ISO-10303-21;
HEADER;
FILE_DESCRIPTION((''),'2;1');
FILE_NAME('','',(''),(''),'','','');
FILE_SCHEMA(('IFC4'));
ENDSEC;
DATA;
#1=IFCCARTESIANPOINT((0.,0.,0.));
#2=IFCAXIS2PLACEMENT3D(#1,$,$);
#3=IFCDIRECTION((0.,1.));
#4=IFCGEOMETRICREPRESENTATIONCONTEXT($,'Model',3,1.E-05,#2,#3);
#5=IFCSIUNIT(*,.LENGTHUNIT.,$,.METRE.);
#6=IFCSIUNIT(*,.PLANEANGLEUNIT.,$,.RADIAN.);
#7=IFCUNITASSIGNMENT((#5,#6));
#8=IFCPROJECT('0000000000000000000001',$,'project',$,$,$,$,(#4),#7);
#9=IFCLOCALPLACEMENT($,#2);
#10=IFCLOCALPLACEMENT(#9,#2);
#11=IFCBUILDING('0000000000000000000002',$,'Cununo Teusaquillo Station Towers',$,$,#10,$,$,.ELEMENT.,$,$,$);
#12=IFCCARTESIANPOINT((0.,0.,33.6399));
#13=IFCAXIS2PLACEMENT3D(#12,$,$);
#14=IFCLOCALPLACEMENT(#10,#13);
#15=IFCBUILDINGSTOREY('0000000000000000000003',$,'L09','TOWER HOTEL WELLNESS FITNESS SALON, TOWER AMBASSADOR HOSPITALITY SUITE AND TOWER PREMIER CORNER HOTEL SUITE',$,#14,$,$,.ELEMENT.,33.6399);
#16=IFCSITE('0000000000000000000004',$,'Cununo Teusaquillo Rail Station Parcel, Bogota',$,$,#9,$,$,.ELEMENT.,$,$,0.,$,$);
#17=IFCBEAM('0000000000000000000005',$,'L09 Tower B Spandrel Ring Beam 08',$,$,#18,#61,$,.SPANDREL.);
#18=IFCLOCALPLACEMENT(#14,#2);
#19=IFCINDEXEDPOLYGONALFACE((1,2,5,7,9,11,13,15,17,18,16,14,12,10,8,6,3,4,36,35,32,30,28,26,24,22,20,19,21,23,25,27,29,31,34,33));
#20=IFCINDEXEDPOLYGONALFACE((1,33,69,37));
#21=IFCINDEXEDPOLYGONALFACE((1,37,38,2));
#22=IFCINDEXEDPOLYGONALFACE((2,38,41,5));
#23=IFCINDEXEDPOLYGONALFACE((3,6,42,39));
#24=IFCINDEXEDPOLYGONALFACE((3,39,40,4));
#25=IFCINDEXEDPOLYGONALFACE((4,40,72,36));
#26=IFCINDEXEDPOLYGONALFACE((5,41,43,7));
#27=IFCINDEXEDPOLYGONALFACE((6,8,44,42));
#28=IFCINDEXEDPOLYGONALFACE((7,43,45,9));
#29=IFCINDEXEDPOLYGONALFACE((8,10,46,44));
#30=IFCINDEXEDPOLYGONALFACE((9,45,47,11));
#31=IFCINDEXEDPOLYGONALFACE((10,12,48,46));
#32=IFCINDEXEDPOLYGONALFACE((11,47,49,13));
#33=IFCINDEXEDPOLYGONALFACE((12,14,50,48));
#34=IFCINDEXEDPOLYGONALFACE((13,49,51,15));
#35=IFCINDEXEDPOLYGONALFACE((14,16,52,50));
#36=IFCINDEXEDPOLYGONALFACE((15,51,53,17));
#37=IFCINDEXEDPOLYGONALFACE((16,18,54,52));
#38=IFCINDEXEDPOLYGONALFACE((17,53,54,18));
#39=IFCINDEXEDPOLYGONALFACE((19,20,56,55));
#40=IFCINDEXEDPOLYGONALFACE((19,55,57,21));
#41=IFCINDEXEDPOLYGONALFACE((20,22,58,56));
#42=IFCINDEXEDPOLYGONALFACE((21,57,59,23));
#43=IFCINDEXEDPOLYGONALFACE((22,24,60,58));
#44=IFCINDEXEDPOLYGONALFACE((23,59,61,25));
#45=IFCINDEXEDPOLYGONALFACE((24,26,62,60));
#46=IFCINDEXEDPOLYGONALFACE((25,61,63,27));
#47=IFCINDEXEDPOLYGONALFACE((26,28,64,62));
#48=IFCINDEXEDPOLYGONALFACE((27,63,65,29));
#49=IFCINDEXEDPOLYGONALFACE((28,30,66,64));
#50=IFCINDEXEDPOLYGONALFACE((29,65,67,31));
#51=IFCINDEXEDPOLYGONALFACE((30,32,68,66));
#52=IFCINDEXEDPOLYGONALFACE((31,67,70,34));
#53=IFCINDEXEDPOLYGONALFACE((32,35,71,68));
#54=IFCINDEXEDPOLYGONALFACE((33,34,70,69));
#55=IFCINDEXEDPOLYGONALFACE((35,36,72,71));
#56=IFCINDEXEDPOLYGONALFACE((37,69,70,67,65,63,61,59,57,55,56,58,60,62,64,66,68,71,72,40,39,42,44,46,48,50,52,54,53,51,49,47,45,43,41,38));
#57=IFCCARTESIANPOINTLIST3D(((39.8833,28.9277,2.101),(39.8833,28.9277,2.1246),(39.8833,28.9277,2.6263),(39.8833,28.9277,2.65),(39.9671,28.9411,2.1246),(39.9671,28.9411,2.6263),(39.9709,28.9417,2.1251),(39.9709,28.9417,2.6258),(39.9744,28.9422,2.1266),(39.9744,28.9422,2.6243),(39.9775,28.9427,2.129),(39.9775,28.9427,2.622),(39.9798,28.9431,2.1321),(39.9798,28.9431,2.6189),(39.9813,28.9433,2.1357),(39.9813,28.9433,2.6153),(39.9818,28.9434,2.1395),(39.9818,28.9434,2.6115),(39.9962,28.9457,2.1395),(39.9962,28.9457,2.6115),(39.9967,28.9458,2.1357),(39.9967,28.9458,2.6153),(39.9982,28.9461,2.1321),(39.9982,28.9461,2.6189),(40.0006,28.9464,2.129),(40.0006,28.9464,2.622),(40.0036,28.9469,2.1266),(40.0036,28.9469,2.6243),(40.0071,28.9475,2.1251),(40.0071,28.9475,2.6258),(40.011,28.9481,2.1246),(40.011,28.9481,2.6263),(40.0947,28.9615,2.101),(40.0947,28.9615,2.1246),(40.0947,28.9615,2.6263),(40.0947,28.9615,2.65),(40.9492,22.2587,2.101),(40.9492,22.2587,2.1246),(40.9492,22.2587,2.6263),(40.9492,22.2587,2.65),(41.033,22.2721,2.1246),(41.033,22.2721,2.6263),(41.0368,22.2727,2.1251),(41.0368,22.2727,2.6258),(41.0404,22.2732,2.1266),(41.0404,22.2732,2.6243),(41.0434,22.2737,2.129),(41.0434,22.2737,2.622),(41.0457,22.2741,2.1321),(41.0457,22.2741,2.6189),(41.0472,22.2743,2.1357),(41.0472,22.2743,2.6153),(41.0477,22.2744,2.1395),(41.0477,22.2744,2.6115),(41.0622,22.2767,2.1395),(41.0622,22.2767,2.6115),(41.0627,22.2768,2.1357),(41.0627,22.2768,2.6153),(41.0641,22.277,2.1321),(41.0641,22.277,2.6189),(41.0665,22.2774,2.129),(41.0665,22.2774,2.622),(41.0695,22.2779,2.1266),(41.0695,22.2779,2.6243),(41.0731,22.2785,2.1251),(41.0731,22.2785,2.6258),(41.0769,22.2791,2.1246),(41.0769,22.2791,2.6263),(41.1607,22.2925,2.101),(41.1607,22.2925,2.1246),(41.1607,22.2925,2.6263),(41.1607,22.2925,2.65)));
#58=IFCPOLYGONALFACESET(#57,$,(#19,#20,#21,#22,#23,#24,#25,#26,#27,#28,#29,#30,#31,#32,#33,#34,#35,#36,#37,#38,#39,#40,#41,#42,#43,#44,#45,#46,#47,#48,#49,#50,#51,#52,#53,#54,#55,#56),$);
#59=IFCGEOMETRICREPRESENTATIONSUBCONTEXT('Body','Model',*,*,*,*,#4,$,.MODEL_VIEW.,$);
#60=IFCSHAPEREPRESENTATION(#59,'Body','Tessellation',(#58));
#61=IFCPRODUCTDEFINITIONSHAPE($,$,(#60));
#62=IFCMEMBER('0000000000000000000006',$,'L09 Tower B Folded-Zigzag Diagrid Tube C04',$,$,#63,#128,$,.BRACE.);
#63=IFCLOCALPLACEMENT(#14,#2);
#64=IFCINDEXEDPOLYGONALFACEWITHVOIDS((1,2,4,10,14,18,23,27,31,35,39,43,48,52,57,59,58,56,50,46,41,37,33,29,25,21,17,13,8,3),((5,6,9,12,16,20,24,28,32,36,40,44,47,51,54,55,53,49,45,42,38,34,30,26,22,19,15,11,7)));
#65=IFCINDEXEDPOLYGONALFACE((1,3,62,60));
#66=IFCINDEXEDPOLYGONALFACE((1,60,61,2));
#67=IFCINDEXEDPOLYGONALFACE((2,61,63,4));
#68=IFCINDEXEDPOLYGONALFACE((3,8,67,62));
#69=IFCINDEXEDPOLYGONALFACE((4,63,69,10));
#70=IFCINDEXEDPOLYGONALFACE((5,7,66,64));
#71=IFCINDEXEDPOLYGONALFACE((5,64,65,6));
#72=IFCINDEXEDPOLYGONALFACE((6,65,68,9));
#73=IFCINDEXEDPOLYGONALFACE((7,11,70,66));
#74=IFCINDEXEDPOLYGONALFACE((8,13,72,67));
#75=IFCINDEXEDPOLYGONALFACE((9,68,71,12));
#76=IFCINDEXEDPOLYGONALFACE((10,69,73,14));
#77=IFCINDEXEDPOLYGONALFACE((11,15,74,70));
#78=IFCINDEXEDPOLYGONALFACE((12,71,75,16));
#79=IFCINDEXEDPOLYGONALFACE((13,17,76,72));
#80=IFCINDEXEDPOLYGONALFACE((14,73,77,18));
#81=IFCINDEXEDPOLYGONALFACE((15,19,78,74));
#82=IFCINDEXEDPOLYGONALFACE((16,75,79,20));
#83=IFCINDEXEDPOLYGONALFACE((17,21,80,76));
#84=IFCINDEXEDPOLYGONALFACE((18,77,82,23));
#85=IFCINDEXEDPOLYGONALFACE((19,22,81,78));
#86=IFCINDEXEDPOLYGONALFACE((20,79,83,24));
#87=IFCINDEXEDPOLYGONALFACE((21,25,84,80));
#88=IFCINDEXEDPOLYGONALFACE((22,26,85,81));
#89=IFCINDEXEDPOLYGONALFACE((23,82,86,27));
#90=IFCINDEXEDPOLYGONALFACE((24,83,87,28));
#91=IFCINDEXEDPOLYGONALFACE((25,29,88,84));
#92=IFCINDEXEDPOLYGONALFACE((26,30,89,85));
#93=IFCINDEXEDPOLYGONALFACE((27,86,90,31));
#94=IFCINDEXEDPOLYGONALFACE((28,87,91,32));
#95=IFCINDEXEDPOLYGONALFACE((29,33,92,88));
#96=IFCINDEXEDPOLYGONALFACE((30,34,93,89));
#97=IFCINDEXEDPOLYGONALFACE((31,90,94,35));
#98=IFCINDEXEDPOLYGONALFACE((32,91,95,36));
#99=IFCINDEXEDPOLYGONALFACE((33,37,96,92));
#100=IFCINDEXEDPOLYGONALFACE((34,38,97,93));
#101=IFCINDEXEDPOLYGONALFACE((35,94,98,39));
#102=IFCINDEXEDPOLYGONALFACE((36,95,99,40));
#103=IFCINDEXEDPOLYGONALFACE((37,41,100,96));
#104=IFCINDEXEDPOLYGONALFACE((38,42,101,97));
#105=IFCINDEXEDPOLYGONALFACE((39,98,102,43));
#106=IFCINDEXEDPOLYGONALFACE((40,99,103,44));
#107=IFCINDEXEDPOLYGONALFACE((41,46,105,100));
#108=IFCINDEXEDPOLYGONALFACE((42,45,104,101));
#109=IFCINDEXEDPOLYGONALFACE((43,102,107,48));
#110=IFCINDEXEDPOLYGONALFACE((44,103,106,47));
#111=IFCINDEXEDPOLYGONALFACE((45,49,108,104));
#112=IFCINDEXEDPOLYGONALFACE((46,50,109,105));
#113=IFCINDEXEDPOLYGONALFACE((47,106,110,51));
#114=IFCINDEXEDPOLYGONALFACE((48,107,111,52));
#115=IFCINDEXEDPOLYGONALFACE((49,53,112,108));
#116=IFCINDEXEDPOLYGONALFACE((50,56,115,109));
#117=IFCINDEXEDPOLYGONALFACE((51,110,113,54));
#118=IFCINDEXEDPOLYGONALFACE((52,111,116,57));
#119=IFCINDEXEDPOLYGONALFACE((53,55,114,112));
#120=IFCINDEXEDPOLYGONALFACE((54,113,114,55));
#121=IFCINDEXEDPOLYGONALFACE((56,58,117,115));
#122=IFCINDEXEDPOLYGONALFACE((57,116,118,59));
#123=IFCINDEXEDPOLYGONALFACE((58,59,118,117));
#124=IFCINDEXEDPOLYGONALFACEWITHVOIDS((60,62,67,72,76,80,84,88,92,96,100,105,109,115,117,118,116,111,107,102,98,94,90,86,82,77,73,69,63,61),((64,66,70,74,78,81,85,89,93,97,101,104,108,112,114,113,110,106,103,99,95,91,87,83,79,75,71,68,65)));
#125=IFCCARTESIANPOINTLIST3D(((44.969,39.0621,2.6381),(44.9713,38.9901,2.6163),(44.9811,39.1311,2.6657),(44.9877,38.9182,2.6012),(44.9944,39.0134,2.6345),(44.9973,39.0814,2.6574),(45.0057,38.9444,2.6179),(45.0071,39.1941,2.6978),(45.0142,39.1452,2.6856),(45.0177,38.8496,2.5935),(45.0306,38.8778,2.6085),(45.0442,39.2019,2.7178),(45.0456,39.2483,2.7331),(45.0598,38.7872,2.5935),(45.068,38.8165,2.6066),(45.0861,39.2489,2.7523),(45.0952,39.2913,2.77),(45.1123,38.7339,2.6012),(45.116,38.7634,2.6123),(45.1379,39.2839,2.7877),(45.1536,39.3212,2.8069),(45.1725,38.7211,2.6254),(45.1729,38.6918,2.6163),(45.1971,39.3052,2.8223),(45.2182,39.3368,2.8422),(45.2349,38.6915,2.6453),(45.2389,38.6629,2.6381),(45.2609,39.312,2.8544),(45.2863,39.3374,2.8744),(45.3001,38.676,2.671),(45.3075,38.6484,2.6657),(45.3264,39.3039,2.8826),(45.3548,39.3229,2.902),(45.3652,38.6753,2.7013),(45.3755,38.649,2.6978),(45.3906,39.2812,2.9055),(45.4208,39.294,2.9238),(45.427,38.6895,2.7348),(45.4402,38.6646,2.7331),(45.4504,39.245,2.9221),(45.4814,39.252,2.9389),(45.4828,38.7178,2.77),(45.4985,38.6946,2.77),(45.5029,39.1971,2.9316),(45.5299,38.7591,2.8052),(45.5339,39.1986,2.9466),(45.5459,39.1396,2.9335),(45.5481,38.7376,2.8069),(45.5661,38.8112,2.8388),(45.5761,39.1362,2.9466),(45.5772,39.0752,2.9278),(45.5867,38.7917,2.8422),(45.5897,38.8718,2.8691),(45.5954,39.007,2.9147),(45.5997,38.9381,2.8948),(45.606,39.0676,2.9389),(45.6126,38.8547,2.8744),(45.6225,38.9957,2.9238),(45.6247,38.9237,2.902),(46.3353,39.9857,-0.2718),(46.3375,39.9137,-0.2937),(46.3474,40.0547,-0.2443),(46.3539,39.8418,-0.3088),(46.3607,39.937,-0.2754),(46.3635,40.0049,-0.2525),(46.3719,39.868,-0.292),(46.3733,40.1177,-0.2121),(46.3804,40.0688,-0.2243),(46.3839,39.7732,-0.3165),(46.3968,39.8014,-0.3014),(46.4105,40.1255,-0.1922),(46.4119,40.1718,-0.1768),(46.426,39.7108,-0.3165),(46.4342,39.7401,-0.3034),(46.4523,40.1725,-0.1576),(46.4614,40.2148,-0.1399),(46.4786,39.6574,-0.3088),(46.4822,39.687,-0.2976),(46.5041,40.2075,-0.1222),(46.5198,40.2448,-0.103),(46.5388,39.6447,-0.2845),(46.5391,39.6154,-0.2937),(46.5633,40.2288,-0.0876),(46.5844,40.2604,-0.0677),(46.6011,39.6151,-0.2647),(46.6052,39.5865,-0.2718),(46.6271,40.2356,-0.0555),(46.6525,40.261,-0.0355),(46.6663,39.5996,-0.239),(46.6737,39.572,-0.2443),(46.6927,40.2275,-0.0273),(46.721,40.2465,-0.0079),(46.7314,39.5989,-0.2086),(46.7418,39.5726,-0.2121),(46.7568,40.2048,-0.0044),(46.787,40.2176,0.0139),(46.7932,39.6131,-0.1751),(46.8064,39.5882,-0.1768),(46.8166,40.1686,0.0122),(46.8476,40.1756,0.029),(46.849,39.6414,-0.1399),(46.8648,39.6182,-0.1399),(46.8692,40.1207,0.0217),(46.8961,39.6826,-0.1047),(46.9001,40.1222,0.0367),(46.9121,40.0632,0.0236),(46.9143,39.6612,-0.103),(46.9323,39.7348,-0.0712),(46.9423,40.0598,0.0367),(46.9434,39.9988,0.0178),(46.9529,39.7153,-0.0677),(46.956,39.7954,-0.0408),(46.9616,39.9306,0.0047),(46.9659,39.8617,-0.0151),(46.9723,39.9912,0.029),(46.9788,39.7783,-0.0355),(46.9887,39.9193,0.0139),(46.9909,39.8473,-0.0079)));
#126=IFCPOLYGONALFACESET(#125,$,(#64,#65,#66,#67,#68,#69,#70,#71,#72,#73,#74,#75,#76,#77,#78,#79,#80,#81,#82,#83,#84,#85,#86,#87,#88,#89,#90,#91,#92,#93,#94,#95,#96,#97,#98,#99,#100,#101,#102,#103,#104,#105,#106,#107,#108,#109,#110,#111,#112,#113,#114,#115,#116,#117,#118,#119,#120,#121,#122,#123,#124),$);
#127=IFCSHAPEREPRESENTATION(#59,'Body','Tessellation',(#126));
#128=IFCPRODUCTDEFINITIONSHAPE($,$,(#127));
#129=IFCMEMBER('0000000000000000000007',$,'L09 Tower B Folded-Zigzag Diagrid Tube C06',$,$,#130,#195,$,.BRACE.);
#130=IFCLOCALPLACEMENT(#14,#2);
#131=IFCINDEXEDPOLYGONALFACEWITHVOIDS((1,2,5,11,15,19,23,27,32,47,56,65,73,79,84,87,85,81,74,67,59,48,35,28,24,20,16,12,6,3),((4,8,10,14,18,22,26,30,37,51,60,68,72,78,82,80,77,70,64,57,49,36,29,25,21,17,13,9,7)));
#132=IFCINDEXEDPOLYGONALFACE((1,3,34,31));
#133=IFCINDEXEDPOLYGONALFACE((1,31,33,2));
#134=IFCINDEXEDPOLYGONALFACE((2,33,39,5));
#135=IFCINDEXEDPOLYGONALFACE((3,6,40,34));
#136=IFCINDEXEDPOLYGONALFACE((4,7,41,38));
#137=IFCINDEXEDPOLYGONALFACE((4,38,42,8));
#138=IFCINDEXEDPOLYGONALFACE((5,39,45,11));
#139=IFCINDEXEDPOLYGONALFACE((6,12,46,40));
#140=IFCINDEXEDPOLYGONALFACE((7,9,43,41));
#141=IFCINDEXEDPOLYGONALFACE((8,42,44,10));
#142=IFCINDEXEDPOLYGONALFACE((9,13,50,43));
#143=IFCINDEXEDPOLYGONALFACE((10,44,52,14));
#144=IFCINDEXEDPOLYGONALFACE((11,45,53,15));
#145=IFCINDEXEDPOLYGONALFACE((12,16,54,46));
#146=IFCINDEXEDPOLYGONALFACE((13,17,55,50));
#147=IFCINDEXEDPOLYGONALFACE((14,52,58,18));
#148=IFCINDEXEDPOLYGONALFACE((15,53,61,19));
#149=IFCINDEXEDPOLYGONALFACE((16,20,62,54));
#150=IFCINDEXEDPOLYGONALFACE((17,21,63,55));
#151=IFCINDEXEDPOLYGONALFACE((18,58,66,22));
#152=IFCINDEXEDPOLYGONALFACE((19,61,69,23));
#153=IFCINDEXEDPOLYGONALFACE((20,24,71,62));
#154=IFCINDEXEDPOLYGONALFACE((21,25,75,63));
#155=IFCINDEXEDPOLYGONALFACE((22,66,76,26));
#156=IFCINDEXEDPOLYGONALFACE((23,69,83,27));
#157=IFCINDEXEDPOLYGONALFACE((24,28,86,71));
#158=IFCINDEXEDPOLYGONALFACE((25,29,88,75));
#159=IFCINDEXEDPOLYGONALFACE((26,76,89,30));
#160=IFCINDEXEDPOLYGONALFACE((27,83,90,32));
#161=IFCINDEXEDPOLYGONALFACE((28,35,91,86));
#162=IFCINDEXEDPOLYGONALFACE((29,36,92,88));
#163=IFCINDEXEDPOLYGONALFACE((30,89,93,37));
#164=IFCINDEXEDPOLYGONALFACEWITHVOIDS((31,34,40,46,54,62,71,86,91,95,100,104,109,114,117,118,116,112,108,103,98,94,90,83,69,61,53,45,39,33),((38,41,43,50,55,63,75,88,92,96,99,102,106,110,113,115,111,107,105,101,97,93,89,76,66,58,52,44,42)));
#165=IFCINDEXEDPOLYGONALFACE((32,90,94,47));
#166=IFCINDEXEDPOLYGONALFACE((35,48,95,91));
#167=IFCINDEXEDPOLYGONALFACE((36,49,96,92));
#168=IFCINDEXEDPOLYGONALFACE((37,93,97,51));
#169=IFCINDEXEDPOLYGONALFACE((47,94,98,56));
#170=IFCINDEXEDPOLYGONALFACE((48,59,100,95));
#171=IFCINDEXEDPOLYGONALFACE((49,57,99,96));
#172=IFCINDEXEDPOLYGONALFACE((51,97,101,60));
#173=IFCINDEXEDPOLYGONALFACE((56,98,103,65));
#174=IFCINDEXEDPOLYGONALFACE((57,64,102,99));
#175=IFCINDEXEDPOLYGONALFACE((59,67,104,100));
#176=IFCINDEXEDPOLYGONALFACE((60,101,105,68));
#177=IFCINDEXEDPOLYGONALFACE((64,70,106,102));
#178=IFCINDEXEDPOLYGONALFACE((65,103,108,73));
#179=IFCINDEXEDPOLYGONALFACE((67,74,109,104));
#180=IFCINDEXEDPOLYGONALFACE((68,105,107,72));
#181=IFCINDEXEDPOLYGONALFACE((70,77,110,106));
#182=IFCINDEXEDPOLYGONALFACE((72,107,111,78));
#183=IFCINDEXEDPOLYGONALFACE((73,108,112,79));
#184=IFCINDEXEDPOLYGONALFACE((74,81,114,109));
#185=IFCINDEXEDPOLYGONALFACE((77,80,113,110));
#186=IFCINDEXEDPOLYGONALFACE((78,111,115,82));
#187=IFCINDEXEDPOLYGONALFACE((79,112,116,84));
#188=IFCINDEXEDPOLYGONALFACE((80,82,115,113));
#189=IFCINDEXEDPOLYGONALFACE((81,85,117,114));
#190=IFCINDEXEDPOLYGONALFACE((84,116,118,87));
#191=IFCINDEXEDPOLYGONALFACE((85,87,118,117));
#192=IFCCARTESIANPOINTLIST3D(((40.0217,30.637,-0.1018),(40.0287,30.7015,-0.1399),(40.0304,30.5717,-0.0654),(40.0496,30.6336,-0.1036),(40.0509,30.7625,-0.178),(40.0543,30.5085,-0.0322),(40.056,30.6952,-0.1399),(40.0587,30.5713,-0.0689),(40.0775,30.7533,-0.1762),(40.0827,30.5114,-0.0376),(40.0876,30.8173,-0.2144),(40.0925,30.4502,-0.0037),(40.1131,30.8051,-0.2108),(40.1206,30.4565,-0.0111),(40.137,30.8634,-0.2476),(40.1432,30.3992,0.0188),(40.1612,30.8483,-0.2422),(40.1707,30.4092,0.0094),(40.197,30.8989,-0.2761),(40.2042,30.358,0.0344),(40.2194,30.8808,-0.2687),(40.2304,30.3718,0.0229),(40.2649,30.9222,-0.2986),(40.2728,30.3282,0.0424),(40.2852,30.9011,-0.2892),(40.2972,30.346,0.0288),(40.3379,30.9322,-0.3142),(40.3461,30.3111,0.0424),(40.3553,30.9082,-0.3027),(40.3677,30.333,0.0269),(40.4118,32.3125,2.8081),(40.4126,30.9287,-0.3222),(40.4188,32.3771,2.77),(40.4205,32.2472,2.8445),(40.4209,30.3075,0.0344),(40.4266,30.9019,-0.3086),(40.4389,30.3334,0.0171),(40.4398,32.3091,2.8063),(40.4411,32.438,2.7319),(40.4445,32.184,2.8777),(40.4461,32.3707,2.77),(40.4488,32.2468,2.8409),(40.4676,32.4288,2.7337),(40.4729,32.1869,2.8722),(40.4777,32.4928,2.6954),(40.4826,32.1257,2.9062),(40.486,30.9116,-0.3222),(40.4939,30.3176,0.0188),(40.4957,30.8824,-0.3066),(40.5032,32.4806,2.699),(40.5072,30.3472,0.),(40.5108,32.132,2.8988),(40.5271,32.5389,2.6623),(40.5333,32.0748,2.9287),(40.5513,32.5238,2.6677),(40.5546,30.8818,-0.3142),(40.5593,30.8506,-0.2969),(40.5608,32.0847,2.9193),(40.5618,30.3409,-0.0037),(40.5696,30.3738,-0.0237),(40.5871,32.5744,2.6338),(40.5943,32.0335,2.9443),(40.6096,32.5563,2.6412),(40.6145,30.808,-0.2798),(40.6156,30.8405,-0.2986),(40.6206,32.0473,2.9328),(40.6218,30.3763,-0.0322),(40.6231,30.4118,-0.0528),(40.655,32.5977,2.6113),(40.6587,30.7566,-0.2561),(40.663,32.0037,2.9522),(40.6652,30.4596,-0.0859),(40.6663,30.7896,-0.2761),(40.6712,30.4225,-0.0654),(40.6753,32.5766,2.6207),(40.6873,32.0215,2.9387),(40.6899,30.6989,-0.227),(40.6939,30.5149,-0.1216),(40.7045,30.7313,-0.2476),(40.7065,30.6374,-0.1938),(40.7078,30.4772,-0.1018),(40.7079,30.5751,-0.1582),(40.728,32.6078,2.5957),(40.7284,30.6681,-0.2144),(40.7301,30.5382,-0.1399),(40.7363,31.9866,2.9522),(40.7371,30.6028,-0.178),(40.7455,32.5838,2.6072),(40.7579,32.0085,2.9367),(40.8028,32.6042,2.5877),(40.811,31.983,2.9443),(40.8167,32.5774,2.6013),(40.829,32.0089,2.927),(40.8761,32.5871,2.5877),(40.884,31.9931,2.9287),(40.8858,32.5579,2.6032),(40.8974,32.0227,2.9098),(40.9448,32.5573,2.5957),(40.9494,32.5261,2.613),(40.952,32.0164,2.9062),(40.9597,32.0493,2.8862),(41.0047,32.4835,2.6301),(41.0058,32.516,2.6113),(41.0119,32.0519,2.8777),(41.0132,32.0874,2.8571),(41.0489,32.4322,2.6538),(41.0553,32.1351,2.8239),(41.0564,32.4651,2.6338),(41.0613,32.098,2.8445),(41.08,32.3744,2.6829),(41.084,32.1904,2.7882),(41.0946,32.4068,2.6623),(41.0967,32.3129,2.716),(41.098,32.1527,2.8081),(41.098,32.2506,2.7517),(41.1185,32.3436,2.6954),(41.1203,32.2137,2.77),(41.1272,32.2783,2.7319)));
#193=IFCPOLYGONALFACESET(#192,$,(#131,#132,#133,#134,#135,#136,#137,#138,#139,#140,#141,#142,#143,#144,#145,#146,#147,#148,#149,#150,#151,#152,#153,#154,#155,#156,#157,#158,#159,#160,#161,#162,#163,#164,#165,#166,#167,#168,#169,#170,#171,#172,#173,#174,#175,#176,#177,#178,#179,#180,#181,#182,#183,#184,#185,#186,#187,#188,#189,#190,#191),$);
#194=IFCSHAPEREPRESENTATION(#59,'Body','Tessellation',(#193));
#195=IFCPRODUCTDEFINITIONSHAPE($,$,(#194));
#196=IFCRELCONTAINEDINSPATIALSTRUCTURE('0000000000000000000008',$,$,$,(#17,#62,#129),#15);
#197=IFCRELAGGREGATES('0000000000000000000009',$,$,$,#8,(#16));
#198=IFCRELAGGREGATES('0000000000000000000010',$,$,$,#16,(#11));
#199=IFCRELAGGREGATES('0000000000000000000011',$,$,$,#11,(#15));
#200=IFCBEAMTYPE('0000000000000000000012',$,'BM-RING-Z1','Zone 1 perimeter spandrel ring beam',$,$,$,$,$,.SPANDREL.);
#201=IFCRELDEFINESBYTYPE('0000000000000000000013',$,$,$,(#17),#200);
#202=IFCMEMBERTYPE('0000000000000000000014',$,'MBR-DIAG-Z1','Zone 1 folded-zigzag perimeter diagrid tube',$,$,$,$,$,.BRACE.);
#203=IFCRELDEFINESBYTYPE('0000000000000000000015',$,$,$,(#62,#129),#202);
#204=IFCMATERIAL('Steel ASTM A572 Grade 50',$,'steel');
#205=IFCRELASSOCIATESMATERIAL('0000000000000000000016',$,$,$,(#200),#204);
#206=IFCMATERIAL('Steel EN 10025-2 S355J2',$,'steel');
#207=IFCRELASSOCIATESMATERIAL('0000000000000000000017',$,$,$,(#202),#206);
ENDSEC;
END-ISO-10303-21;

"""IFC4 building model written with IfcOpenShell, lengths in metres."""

from ifc_helpers import new_model, si_unit, direction, frame, origin, origin_2d, place, context, subcontext, project, spatial, hollow_circle, i_section, extrude, material, material_profile, profile_set, type_object, element, save


model = new_model("IFC4")

# Units and contexts
model_context = context("Model", 3, precision=1e-05, world=origin(), true_north=direction((0.0, 1.0)))
body_context = subcontext(model_context, "Body", "Model", "MODEL_VIEW")
ifc_project = project(units=[si_unit("LENGTHUNIT", "METRE"), si_unit("PLANEANGLEUNIT", "RADIAN")], contexts=[model_context])

# Site, building, storey
site_placement = place(None, origin())
site = spatial("IfcSite", under=ifc_project, at=site_placement, Name="Cununo Teusaquillo Rail Station Parcel, Bogota", CompositionType="ELEMENT", RefElevation=0.0)
building_placement = place(site_placement, origin())
building = spatial("IfcBuilding", under=site, at=building_placement, Name="Cununo Teusaquillo Station Towers", CompositionType="ELEMENT")
storey_placement = place(building_placement, frame((0.0, 0.0, 33.6399)))
storey = spatial("IfcBuildingStorey", under=building, at=storey_placement, Name="L09", Description="TOWER HOTEL WELLNESS FITNESS SALON, TOWER AMBASSADOR HOSPITALITY SUITE AND TOWER PREMIER CORNER HOTEL SUITE", CompositionType="ELEMENT", Elevation=33.6399)

# Beam
ifc_material_1 = material(Name="Steel ASTM A572 Grade 50", Category="steel")
ifc_material_profile_1 = material_profile(ifc_material_1, i_section(OverallWidth=0.2141, OverallDepth=0.5491, WebThickness=0.0146, FlangeThickness=0.0237, FilletRadius=0.0149, at=origin_2d()), Name="W21X93")
ifc_profile_set_1 = profile_set([ifc_material_profile_1], Name="Steel ASTM A572 Grade 50")
beam_type_1 = type_object("IfcBeamType", Name="BM-RING-Z1", Description="Zone 1 perimeter spandrel ring beam", PredefinedType="SPANDREL", material=ifc_profile_set_1)
beam_1_placement = place(storey_placement, frame((39.989, 28.9446, 2.3755), z_axis=(0.15783, -0.987466, 0.0), x_axis=(0.987466, 0.15783, 0.0)))
element("IfcBeam", 1, at=beam_1_placement, inside=storey, type_object=beam_type_1, Name="L09 Tower B Spandrel Ring Beam 08", PredefinedType="SPANDREL", context=body_context, shape_type="SweptSolid", body=[
    extrude(i_section(OverallWidth=0.2141, OverallDepth=0.5491, WebThickness=0.0146, FlangeThickness=0.0237, FilletRadius=0.0149, at=origin_2d()), origin(), (0.0, 0.0, 1.0), 6.7537),
])

# Members
ifc_material_2 = material(Name="Steel EN 10025-2 S355J2", Category="steel")
ifc_material_profile_2 = material_profile(ifc_material_2, hollow_circle(Radius=0.3601, WallThickness=0.0281, at=origin_2d()), Name="CHS 720x28")
ifc_profile_set_2 = profile_set([ifc_material_profile_2], Name="Steel EN 10025-2 S355J2")
member_type = type_object("IfcMemberType", Name="MBR-DIAG-Z1", Description="Zone 1 folded-zigzag perimeter diagrid tube", PredefinedType="BRACE", material=ifc_profile_set_2)
member_1_placement = place(storey_placement, frame((46.6631, 39.9165, -0.1399), z_axis=(-0.408468, -0.276132, 0.870003), x_axis=(0.560052, -0.828457, 0.0)))
element("IfcMember", 2, at=member_1_placement, inside=storey, type_object=member_type, Name="L09 Tower B Folded-Zigzag Diagrid Tube C04", PredefinedType="BRACE", context=body_context, shape_type="SweptSolid", body=[
    extrude(hollow_circle(Radius=0.3601, WallThickness=0.0281, at=origin_2d()), origin(), (0.0, 0.0, 1.0), 3.3447),
])
member_2_placement = place(storey_placement, frame((40.3794, 30.6199, -0.1399), z_axis=(0.115411, 0.49566, 0.860815), x_axis=(-0.973947, 0.226776, 0.0)))
element("IfcMember", 3, at=member_2_placement, inside=storey, type_object=member_type, Name="L09 Tower B Folded-Zigzag Diagrid Tube C06", PredefinedType="BRACE", context=body_context, shape_type="SweptSolid", body=[
    extrude(hollow_circle(Radius=0.3601, WallThickness=0.0281, at=origin_2d()), origin(), (0.0, 0.0, 1.0), 3.3804),
])

save(model, "model.ifc")
